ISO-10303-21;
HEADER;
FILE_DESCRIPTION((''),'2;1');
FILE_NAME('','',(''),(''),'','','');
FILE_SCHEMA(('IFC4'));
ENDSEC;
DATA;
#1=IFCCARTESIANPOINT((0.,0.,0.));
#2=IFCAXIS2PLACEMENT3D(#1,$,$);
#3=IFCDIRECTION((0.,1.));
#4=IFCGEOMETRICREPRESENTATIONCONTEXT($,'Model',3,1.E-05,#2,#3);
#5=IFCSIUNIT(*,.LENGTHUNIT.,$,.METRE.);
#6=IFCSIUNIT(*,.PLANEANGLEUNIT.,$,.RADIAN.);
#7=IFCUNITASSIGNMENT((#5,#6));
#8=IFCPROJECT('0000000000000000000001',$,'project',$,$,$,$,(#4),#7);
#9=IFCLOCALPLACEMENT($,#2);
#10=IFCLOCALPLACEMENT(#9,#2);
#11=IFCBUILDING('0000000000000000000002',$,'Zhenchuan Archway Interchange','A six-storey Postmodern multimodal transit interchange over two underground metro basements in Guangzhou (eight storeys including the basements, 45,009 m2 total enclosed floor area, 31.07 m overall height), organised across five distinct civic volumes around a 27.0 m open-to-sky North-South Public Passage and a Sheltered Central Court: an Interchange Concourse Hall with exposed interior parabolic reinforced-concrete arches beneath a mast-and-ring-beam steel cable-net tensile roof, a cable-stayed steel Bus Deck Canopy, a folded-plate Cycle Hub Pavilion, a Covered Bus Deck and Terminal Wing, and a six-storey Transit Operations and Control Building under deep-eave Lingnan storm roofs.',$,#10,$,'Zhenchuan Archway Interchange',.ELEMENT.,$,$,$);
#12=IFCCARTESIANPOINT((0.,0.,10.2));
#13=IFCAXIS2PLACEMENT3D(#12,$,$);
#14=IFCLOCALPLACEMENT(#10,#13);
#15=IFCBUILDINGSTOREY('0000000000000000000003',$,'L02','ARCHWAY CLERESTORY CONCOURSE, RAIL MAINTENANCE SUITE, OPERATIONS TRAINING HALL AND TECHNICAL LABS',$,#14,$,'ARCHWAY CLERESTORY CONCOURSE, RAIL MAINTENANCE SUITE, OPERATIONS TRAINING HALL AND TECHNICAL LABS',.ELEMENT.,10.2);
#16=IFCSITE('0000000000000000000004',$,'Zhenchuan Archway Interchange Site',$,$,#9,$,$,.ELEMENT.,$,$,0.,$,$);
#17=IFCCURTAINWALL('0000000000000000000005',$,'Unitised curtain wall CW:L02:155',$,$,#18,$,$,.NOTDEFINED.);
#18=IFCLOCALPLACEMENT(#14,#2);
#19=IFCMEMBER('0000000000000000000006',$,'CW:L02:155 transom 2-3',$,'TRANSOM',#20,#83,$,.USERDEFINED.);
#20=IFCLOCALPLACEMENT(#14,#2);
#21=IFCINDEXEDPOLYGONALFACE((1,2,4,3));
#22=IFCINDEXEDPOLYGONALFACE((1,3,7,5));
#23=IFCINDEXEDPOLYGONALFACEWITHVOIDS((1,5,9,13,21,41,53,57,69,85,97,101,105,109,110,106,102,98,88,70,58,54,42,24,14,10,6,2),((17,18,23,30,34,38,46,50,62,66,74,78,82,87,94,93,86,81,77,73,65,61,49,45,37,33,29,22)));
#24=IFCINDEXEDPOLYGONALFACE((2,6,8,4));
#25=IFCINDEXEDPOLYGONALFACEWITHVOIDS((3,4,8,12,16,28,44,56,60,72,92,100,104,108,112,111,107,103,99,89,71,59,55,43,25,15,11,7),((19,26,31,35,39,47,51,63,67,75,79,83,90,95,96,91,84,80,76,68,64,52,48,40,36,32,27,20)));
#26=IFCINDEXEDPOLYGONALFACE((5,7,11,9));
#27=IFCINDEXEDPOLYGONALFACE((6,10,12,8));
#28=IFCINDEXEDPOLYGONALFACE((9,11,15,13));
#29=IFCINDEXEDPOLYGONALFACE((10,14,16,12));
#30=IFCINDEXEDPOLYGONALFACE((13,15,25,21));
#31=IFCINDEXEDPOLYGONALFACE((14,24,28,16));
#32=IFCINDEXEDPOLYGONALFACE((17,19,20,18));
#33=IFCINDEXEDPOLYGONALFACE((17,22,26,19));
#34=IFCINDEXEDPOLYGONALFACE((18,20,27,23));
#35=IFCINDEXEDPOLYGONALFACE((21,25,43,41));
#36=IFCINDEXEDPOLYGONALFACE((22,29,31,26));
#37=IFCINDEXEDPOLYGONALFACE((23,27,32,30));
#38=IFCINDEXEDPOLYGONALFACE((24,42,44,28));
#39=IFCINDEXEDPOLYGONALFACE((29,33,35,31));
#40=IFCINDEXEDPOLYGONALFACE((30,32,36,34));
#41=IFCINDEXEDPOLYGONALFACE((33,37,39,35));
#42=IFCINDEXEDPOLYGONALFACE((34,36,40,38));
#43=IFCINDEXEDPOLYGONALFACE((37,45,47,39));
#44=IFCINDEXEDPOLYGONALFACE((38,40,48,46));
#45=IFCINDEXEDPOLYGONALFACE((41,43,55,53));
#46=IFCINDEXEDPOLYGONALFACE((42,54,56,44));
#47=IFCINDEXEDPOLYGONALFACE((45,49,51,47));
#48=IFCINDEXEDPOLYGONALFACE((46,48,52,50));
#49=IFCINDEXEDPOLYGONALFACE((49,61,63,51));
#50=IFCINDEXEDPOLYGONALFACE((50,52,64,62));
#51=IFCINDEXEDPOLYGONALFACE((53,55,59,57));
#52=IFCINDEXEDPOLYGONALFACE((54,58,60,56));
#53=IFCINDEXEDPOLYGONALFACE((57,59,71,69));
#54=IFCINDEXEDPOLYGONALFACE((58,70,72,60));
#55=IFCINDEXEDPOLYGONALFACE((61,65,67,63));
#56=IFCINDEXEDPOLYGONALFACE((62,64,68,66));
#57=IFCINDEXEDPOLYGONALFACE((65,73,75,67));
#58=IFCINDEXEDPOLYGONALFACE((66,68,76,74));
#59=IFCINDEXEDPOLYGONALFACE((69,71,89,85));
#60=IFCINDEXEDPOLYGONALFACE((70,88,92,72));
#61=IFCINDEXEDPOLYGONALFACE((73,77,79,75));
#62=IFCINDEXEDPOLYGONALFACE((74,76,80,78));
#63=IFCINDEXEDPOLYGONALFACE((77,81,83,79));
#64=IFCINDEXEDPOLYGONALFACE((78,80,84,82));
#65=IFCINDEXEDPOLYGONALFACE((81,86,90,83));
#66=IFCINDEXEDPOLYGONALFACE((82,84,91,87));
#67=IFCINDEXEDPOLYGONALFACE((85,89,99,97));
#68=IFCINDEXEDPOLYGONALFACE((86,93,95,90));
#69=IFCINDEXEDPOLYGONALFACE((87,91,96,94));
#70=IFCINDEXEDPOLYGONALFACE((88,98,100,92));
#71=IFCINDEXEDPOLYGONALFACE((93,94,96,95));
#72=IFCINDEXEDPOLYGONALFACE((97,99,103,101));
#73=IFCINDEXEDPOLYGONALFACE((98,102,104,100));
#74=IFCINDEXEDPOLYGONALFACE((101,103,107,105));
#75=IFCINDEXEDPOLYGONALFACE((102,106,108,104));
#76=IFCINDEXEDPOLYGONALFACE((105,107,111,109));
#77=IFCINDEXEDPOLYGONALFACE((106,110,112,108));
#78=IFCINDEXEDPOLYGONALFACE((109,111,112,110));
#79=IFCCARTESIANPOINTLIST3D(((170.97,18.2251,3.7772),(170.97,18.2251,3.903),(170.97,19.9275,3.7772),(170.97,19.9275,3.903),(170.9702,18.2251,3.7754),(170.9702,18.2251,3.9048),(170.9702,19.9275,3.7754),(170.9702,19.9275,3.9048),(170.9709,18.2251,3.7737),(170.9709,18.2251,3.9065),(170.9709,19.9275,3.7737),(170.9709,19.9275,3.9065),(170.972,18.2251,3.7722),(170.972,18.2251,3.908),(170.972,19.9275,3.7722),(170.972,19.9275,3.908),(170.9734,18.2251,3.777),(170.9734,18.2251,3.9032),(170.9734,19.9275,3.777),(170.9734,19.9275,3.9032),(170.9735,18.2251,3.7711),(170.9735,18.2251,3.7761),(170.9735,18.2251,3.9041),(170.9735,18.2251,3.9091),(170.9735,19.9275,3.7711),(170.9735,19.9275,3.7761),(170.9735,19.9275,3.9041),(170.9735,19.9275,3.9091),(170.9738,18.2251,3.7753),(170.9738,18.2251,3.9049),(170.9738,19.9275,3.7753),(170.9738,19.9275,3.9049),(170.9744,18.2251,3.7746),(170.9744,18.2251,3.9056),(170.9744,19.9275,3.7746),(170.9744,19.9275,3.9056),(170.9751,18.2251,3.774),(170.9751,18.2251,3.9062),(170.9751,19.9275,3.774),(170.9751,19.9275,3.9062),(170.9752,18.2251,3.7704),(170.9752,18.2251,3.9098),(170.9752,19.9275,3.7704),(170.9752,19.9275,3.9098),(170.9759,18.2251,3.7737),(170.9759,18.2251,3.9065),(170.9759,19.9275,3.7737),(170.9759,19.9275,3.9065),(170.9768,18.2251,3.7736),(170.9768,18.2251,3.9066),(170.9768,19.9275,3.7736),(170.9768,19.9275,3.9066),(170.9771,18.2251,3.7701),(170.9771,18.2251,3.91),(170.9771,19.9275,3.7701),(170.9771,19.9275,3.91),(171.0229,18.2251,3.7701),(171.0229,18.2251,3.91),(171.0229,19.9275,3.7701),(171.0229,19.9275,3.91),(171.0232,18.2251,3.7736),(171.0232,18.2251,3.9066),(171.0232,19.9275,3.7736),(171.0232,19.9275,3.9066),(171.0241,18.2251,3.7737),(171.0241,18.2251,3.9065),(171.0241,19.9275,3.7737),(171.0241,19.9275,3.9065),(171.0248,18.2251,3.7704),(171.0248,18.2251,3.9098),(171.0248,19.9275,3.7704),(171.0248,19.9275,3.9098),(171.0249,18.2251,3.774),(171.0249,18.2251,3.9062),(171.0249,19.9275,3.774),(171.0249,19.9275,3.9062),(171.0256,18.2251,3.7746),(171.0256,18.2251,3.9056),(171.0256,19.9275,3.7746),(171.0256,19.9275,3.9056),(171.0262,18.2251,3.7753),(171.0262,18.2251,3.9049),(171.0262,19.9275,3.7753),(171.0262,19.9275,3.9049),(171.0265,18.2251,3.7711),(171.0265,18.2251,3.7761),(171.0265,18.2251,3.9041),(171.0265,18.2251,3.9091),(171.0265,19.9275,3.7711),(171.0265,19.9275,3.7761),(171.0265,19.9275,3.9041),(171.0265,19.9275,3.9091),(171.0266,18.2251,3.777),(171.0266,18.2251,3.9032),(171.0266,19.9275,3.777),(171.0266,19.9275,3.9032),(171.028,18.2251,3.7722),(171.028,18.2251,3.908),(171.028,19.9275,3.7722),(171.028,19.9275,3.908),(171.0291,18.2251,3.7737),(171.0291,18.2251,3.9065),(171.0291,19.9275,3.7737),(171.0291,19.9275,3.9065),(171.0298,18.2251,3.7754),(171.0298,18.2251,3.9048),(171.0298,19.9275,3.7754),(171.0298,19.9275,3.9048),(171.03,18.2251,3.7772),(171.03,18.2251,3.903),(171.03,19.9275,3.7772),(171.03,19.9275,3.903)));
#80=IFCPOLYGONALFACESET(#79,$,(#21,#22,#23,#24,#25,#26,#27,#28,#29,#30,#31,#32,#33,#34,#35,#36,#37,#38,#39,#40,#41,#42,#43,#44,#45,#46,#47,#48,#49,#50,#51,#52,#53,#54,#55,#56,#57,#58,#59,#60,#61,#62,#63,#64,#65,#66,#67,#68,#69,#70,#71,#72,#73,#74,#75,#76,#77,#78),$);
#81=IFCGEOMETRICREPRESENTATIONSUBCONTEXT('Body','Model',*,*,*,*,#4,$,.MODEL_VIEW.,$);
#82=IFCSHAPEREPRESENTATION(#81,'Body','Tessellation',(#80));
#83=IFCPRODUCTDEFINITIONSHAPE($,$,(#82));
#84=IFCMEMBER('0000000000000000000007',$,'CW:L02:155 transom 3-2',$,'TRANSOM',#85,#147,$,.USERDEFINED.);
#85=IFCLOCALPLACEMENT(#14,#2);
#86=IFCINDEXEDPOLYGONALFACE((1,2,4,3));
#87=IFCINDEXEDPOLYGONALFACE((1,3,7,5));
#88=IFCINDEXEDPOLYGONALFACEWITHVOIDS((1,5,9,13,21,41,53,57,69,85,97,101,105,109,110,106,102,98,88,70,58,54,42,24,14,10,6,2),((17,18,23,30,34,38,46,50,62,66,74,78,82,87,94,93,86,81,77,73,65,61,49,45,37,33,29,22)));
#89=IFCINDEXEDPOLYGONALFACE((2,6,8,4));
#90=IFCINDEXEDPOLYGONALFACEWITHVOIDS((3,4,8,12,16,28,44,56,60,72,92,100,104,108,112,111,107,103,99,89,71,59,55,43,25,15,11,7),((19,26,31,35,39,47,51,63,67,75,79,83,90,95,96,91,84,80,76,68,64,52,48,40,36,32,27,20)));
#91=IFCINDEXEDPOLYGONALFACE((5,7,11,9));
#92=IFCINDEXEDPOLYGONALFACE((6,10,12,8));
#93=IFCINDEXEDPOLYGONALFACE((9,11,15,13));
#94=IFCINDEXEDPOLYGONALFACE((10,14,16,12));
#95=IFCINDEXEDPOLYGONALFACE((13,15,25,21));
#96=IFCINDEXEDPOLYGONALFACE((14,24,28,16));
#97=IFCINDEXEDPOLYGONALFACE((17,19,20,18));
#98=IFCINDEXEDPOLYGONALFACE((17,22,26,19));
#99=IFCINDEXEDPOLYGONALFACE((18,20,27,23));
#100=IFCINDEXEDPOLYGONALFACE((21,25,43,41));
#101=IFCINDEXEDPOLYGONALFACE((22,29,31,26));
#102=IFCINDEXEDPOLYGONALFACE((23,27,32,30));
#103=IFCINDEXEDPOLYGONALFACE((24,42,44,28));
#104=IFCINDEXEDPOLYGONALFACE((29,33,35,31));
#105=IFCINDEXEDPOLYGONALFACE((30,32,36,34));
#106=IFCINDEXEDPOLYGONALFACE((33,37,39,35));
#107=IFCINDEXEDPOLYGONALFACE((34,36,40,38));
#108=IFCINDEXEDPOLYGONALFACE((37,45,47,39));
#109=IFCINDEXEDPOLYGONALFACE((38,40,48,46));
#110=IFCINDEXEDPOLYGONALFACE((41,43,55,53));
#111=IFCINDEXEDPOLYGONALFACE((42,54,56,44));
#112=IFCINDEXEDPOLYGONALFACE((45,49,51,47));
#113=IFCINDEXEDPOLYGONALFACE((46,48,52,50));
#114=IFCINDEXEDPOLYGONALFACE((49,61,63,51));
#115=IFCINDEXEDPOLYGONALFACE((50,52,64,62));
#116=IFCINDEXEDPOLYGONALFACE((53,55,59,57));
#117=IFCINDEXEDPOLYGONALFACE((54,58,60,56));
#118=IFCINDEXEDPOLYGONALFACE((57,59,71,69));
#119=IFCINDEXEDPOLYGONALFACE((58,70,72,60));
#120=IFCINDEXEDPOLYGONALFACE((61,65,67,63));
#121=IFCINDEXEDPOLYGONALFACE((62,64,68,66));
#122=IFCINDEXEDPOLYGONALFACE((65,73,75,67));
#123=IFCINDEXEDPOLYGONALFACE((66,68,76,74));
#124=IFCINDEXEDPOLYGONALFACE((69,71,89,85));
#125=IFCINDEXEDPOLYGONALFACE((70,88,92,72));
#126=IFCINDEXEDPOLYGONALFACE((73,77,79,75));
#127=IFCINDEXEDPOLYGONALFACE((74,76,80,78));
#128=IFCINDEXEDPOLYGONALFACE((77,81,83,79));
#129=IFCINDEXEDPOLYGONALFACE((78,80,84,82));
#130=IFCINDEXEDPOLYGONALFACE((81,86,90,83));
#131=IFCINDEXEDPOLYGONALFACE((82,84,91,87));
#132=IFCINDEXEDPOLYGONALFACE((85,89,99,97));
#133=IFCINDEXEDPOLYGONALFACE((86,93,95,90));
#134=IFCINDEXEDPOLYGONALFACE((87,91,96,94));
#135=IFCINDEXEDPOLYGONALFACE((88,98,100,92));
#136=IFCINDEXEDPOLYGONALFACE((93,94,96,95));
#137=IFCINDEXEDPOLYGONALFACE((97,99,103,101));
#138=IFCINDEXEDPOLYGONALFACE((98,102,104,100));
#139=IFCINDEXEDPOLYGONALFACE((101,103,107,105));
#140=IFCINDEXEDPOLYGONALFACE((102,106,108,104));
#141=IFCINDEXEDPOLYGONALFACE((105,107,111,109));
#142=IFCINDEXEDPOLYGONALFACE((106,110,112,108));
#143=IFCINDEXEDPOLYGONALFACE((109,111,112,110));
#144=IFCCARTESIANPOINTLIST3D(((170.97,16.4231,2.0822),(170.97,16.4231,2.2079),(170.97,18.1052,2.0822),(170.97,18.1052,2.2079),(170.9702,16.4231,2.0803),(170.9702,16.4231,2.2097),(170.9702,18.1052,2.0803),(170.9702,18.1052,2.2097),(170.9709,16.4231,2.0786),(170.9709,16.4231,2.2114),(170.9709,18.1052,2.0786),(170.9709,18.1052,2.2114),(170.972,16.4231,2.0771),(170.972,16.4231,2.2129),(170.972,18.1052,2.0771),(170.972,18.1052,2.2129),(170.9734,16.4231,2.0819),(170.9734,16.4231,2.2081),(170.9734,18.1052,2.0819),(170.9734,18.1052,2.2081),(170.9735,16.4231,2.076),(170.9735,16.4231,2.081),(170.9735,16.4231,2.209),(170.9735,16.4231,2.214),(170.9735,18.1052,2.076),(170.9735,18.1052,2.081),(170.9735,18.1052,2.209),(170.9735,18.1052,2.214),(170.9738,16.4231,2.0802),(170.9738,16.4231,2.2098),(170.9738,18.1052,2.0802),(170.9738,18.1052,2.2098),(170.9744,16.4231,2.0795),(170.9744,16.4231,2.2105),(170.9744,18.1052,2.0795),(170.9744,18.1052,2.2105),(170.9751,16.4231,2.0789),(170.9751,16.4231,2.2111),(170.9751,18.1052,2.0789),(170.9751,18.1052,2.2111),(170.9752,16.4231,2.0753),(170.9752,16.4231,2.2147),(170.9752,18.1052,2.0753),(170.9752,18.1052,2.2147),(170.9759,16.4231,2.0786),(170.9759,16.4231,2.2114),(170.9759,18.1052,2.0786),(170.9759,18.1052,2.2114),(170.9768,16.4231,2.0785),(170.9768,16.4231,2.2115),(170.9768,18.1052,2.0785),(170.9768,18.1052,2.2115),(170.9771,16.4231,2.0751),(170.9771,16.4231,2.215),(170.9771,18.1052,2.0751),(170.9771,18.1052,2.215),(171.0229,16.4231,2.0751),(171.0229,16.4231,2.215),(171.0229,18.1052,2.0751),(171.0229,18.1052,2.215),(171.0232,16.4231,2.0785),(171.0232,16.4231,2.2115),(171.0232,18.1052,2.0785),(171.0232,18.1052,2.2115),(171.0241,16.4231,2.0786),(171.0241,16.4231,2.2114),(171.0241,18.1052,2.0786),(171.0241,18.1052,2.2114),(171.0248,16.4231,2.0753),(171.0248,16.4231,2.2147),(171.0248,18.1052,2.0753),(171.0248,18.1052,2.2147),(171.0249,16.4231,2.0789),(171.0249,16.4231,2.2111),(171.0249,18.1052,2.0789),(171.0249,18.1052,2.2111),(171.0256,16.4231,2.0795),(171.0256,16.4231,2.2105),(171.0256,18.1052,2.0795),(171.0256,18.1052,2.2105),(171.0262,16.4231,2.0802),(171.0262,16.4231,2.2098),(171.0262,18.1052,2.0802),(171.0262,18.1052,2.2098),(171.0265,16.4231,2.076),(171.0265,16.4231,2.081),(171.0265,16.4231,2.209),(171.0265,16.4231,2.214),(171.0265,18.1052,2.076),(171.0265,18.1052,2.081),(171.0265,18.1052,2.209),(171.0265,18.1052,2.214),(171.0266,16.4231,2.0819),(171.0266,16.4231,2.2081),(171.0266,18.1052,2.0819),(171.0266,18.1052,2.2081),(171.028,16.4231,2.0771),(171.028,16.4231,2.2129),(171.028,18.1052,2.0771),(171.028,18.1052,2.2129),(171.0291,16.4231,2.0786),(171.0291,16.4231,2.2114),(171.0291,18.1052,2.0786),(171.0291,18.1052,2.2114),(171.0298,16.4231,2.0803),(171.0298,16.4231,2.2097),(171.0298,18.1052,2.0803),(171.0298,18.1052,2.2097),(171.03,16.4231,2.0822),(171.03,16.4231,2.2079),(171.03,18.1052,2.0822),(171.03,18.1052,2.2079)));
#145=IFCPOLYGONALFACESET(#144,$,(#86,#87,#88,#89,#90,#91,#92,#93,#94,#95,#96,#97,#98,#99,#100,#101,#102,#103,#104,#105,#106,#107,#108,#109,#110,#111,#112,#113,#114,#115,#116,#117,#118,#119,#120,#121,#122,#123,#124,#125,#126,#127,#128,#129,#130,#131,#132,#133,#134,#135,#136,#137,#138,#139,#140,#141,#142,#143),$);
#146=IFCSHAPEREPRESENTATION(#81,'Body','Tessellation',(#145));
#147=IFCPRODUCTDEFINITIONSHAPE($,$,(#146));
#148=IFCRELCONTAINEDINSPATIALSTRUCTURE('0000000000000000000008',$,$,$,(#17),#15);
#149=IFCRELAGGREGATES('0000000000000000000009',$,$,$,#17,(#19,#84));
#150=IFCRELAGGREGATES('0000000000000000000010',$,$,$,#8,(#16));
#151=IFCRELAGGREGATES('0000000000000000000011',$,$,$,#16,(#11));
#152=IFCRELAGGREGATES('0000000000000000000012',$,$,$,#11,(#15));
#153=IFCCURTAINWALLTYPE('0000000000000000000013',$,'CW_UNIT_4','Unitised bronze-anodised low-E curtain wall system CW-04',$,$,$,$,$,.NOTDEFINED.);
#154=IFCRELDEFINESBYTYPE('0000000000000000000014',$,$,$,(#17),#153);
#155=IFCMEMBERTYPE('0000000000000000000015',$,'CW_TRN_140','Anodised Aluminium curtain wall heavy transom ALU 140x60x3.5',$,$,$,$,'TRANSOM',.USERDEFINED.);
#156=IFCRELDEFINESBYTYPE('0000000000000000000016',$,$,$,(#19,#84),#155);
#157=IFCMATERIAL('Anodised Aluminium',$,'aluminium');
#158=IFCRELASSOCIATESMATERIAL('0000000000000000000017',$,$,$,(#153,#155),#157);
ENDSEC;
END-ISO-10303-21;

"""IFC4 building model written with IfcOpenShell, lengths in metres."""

from ifc_helpers import new_model, si_unit, direction, frame, origin, origin_2d, place, context, subcontext, project, spatial, hollow_rectangle, extrude, material, material_profile, profile_set, type_object, element, aggregate, save


model = new_model("IFC4")

# Units and contexts
model_context = context("Model", 3, precision=1e-05, world=origin(), true_north=direction((0.0, 1.0)))
body_context = subcontext(model_context, "Body", "Model", "MODEL_VIEW")
ifc_project = project(units=[si_unit("LENGTHUNIT", "METRE"), si_unit("PLANEANGLEUNIT", "RADIAN")], contexts=[model_context])

# Site, building, storey
site_placement = place(None, origin())
site = spatial("IfcSite", under=ifc_project, at=site_placement, Name="Zhenchuan Archway Interchange Site", CompositionType="ELEMENT", RefElevation=0.0)
building_placement = place(site_placement, origin())
building = spatial("IfcBuilding", under=site, at=building_placement, Name="Zhenchuan Archway Interchange", Description="A six-storey Postmodern multimodal transit interchange over two underground metro basements in Guangzhou (eight storeys including the basements, 45,009 m2 total enclosed floor area, 31.07 m overall height), organised across five distinct civic volumes around a 27.0 m open-to-sky North-South Public Passage and a Sheltered Central Court: an Interchange Concourse Hall with exposed interior parabolic reinforced-concrete arches beneath a mast-and-ring-beam steel cable-net tensile roof, a cable-stayed steel Bus Deck Canopy, a folded-plate Cycle Hub Pavilion, a Covered Bus Deck and Terminal Wing, and a six-storey Transit Operations and Control Building under deep-eave Lingnan storm roofs.", LongName="Zhenchuan Archway Interchange", CompositionType="ELEMENT")
storey_placement = place(building_placement, frame((0.0, 0.0, 10.2)))
storey = spatial("IfcBuildingStorey", under=building, at=storey_placement, Name="L02", Description="ARCHWAY CLERESTORY CONCOURSE, RAIL MAINTENANCE SUITE, OPERATIONS TRAINING HALL AND TECHNICAL LABS", LongName="ARCHWAY CLERESTORY CONCOURSE, RAIL MAINTENANCE SUITE, OPERATIONS TRAINING HALL AND TECHNICAL LABS", CompositionType="ELEMENT", Elevation=10.2)

# Curtain wall, members
ifc_material_1 = material(Name="Anodised Aluminium", Category="aluminium")
curtain_wall_type = type_object("IfcCurtainWallType", Name="CW_UNIT_4", Description="Unitised bronze-anodised low-E curtain wall system CW-04", PredefinedType="NOTDEFINED", material=ifc_material_1)
curtain_wall_placement = place(storey_placement, origin())
curtain_wall = element("IfcCurtainWall", 1, at=curtain_wall_placement, inside=storey, type_object=curtain_wall_type, Name="Unitised curtain wall CW:L02:155", PredefinedType="NOTDEFINED")
ifc_material_profile_1 = material_profile(ifc_material_1, hollow_rectangle(XDim=0.0601, YDim=0.1399, WallThickness=0.0034, InnerFilletRadius=0.0034, OuterFilletRadius=0.0071, at=origin_2d()), Name="ALU 140x60x3.5")
ifc_profile_set_1 = profile_set([ifc_material_profile_1], Name="Anodised Aluminium")
member_type_1 = type_object("IfcMemberType", Name="CW_TRN_140", Description="Anodised Aluminium curtain wall heavy transom ALU 140x60x3.5", ElementType="TRANSOM", PredefinedType="USERDEFINED", material=ifc_profile_set_1)
member_1_placement = place(storey_placement, frame((171.0, 19.9275, 3.8401), z_axis=(0.0, -1.0, 0.0), x_axis=(1.0, 0.0, 0.0)))
member_1 = element("IfcMember", 2, at=member_1_placement, type_object=member_type_1, Name="CW:L02:155 transom 2-3", ObjectType="TRANSOM", PredefinedType="USERDEFINED", context=body_context, shape_type="SweptSolid", body=[
    extrude(hollow_rectangle(XDim=0.0601, YDim=0.1399, WallThickness=0.0034, InnerFilletRadius=0.0034, OuterFilletRadius=0.0071, at=origin_2d()), origin(), (0.0, 0.0, 1.0), 1.7024),
])
member_2_placement = place(storey_placement, frame((171.0, 18.1052, 2.145), z_axis=(0.0, -1.0, 0.0), x_axis=(1.0, 0.0, 0.0)))
member_2 = element("IfcMember", 3, at=member_2_placement, type_object=member_type_1, Name="CW:L02:155 transom 3-2", ObjectType="TRANSOM", PredefinedType="USERDEFINED", context=body_context, shape_type="SweptSolid", body=[
    extrude(hollow_rectangle(XDim=0.0601, YDim=0.1399, WallThickness=0.0034, InnerFilletRadius=0.0034, OuterFilletRadius=0.0071, at=origin_2d()), origin(), (0.0, 0.0, 1.0), 1.6821),
])
aggregate(curtain_wall, [member_1, member_2])

save(model, "model.ifc")
